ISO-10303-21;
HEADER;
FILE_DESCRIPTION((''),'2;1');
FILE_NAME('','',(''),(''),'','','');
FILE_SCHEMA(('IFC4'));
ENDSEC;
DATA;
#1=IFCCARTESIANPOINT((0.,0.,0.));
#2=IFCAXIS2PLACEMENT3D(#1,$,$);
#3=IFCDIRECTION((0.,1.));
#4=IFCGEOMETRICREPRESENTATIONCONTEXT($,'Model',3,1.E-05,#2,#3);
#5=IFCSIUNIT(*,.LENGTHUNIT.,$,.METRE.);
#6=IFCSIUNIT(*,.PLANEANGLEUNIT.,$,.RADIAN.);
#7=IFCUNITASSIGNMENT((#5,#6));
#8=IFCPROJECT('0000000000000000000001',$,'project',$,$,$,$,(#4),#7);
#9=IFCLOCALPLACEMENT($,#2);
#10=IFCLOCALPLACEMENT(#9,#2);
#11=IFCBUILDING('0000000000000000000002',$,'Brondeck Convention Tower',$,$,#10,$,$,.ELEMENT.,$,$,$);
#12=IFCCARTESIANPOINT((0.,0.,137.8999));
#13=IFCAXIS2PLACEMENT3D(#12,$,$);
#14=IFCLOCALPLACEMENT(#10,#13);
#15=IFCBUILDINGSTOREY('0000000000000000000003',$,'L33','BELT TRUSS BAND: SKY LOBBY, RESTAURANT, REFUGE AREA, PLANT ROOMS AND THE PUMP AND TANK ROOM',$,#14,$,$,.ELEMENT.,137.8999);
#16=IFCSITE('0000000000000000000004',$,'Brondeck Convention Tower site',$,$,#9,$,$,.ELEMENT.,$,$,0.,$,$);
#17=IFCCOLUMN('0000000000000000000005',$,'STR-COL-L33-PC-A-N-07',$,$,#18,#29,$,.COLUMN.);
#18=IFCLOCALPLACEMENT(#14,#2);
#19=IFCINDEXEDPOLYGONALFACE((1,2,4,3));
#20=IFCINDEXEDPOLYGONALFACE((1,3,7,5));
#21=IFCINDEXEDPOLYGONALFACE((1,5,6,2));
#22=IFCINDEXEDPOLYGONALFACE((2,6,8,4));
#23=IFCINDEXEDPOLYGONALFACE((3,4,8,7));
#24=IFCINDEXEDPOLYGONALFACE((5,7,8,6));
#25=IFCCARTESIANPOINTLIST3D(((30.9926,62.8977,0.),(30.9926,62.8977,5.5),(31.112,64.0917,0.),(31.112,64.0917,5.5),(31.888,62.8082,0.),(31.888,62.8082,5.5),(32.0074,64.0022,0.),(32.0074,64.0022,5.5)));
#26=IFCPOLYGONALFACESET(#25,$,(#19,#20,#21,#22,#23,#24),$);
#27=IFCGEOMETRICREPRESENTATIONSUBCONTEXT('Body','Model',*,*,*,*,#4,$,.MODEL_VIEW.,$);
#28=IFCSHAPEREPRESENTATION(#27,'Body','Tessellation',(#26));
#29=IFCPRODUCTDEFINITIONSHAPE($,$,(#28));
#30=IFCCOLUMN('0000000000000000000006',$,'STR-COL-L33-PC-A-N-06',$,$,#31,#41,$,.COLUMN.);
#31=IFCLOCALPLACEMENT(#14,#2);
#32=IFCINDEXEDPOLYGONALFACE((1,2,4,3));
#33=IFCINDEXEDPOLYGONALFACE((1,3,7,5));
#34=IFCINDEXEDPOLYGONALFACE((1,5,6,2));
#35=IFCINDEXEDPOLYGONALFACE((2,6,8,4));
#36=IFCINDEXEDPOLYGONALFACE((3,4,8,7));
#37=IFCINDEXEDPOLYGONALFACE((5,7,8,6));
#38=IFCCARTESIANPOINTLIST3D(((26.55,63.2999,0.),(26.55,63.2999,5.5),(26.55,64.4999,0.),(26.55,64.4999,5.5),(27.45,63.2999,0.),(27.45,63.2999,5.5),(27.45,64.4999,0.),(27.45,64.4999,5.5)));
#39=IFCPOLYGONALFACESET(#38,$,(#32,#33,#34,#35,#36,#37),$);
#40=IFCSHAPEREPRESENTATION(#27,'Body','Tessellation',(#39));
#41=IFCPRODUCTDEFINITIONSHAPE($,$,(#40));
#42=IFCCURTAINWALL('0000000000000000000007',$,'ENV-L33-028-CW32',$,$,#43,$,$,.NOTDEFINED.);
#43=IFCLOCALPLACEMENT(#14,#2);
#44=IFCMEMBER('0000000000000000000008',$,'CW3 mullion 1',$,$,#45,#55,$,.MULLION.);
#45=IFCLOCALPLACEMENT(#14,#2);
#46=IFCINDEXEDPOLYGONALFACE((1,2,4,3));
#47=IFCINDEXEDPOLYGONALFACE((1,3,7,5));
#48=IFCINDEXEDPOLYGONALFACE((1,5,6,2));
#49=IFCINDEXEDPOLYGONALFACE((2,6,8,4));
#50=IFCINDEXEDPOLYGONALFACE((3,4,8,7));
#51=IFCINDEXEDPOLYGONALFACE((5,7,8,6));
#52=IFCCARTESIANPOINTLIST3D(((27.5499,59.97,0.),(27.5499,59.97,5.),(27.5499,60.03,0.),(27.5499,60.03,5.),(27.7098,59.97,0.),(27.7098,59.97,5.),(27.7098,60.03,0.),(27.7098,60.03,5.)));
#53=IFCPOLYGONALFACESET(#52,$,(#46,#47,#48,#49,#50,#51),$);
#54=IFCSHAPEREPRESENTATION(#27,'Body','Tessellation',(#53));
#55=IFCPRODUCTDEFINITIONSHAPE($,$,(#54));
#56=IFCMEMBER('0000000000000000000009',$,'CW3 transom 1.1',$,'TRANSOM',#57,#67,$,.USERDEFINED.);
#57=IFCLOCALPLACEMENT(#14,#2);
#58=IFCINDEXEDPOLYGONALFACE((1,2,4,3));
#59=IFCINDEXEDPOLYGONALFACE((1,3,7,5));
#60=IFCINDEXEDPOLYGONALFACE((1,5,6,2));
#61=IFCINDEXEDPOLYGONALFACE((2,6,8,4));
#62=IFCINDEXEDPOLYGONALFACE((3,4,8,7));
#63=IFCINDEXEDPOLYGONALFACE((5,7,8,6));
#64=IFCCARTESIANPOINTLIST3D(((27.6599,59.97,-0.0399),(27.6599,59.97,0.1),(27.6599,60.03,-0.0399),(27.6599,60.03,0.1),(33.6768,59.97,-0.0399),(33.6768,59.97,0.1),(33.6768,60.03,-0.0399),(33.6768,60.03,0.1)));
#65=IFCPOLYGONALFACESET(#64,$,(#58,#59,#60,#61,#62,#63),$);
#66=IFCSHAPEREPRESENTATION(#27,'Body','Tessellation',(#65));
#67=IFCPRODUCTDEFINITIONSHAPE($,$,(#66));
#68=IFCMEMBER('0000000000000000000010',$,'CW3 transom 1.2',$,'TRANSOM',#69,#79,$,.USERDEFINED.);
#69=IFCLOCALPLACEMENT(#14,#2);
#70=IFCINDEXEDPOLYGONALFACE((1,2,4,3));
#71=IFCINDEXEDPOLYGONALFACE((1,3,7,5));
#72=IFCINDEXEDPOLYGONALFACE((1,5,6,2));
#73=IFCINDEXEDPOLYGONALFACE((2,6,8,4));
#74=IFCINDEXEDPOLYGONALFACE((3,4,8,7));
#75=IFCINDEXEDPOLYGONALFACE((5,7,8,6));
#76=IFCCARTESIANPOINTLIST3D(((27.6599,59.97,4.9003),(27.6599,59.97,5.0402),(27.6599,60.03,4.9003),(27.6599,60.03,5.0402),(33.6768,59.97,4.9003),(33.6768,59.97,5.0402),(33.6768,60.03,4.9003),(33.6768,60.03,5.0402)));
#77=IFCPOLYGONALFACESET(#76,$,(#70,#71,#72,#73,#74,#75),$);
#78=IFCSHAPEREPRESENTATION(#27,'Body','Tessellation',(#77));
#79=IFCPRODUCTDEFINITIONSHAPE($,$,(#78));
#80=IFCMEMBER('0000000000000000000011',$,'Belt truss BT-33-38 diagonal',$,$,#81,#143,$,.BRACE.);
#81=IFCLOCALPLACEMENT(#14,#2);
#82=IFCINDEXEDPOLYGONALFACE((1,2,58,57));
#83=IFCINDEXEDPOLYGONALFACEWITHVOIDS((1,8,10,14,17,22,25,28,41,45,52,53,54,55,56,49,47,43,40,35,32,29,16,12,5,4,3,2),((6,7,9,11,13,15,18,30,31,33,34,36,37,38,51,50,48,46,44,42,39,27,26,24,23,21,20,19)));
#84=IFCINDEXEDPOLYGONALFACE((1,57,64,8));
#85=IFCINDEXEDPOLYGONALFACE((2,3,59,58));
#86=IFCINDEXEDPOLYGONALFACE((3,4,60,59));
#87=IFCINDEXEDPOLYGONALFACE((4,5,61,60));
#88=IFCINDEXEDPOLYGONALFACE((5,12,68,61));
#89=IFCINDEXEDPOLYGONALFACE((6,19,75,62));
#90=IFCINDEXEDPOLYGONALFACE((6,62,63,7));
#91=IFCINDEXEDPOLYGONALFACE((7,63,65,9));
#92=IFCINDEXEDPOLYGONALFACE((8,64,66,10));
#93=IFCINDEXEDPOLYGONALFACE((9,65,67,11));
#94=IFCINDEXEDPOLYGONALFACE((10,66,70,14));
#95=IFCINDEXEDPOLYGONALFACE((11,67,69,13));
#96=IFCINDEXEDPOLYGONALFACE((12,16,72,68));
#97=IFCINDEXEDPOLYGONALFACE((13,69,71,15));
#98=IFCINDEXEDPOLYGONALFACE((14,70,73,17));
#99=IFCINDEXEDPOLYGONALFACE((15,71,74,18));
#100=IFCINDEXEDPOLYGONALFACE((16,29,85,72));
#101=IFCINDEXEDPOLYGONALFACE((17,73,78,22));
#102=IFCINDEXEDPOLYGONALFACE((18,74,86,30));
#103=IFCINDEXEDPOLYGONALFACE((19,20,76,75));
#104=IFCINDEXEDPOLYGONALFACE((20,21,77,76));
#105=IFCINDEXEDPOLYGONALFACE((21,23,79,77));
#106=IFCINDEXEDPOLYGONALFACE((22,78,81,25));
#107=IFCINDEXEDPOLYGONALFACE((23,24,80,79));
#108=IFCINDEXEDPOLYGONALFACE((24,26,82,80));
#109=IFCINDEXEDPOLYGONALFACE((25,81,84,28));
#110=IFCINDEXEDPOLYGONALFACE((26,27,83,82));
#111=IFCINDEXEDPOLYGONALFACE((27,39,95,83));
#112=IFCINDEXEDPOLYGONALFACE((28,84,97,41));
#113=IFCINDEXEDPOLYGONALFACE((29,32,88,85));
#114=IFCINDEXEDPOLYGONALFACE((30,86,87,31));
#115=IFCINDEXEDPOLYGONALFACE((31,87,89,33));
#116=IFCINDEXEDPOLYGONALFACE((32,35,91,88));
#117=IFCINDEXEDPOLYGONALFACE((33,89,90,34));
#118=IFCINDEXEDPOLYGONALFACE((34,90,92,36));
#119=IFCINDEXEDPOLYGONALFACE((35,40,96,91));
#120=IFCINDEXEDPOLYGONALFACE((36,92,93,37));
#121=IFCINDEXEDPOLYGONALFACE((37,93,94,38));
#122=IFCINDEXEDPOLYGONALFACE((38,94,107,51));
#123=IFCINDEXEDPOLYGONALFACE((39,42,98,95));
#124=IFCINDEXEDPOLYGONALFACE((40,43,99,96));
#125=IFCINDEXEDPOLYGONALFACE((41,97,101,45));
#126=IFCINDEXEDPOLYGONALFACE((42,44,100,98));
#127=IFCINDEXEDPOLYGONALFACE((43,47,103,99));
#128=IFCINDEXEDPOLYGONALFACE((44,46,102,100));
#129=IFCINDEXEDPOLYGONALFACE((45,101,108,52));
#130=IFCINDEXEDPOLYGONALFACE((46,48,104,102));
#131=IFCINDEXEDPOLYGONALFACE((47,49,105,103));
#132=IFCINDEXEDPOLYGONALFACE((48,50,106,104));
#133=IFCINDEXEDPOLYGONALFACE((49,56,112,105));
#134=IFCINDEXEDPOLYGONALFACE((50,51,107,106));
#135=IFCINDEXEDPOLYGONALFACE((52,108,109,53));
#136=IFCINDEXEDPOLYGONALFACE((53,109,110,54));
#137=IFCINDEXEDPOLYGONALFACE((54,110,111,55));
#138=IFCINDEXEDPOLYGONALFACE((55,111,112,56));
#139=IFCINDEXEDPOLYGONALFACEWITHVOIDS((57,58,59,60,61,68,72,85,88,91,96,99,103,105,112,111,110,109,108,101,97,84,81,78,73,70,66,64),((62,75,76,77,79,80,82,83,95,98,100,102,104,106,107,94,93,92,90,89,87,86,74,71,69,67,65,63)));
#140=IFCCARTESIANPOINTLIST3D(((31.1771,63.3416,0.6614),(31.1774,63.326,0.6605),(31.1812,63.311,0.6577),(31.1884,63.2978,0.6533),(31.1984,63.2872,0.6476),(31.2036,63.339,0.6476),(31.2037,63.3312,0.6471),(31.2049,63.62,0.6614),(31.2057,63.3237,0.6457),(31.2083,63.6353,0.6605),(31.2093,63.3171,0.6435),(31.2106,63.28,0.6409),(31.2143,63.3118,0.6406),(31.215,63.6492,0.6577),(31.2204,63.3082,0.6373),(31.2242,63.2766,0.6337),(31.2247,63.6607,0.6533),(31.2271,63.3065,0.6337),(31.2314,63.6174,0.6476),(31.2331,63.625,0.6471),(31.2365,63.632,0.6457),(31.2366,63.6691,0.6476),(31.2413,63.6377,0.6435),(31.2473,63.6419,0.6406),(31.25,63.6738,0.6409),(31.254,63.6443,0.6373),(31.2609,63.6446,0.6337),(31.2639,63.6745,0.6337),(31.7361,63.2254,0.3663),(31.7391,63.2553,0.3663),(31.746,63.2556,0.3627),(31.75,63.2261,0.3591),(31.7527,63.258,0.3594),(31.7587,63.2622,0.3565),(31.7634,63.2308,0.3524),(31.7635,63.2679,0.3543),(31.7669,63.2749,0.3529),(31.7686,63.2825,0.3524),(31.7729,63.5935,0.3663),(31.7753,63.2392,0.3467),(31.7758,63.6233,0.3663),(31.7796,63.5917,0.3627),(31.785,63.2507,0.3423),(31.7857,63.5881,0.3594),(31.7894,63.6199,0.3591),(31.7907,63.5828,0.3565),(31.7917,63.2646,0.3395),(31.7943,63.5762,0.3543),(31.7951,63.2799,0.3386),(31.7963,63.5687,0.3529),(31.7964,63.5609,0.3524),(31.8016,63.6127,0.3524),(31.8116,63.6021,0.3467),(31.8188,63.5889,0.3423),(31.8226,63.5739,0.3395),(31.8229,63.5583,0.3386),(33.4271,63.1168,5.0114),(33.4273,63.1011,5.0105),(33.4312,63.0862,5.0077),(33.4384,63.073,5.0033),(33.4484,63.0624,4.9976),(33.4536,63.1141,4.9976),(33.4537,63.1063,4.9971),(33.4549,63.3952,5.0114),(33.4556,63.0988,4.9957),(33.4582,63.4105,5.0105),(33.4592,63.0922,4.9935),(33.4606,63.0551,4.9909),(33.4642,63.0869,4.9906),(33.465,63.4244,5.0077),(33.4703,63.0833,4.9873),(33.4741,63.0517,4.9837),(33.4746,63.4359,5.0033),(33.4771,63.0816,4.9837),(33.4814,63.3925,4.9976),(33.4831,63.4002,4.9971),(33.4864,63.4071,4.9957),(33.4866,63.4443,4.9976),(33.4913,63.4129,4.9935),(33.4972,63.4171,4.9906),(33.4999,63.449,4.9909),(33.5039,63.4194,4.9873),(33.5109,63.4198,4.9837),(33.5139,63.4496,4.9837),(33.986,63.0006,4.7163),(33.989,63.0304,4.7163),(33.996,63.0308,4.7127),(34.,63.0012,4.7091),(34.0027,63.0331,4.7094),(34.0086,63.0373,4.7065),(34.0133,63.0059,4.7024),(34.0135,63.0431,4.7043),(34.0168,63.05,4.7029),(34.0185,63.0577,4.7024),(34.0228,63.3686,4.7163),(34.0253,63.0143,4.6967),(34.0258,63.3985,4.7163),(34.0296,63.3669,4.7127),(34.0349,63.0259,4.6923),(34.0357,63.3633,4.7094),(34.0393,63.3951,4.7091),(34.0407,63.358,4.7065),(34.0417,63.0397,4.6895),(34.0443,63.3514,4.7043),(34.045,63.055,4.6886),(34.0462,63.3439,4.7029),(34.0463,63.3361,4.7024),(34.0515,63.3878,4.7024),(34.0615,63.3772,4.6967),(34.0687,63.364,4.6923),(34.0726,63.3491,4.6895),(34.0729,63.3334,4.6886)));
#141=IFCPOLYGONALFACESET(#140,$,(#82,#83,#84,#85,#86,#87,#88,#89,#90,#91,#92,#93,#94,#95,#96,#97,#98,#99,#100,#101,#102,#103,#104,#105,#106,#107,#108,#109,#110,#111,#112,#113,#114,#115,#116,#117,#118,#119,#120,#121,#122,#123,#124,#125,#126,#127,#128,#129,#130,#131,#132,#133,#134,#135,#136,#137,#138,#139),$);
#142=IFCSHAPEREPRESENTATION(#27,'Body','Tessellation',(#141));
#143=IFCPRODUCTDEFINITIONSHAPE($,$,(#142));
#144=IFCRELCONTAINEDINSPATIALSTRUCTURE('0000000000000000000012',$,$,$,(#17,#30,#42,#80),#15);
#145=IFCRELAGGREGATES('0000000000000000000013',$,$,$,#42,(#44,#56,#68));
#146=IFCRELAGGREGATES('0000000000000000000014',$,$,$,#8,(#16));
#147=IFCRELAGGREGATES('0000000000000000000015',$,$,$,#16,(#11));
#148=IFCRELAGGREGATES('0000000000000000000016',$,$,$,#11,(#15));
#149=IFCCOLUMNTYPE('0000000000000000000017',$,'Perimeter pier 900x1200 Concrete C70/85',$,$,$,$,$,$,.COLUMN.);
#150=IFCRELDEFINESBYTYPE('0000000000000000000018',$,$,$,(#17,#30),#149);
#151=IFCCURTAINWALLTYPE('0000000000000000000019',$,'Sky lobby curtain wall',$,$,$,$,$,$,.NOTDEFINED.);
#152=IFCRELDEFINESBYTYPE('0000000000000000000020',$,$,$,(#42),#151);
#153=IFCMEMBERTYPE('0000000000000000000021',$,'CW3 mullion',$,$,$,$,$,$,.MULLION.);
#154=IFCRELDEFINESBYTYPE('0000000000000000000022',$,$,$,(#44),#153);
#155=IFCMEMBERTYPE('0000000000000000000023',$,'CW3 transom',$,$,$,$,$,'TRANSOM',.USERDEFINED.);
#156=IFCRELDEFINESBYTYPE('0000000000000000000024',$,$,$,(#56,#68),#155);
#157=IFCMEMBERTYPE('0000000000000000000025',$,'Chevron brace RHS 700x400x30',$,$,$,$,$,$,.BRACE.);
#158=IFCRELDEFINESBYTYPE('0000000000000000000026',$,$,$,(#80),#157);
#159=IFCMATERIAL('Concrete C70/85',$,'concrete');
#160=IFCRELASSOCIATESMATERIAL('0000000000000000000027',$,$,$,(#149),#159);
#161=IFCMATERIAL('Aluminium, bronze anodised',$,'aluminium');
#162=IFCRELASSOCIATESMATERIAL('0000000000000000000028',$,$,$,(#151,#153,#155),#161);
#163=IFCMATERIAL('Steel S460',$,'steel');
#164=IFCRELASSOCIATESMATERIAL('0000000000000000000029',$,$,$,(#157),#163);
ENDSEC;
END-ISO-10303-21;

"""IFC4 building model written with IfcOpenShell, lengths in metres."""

from ifc_helpers import new_model, si_unit, direction, frame, origin, origin_2d, place, context, subcontext, project, spatial, rectangle, hollow_rectangle, extrude, material, material_profile, profile_set, type_object, element, aggregate, save


model = new_model("IFC4")

# Units and contexts
model_context = context("Model", 3, precision=1e-05, world=origin(), true_north=direction((0.0, 1.0)))
body_context = subcontext(model_context, "Body", "Model", "MODEL_VIEW")
ifc_project = project(units=[si_unit("LENGTHUNIT", "METRE"), si_unit("PLANEANGLEUNIT", "RADIAN")], contexts=[model_context])

# Site, building, storey
site_placement = place(None, origin())
site = spatial("IfcSite", under=ifc_project, at=site_placement, Name="Brondeck Convention Tower site", CompositionType="ELEMENT", RefElevation=0.0)
building_placement = place(site_placement, origin())
building = spatial("IfcBuilding", under=site, at=building_placement, Name="Brondeck Convention Tower", CompositionType="ELEMENT")
storey_placement = place(building_placement, frame((0.0, 0.0, 137.8999)))
storey = spatial("IfcBuildingStorey", under=building, at=storey_placement, Name="L33", Description="BELT TRUSS BAND: SKY LOBBY, RESTAURANT, REFUGE AREA, PLANT ROOMS AND THE PUMP AND TANK ROOM", CompositionType="ELEMENT", Elevation=137.8999)

# Columns
ifc_material_1 = material(Name="Concrete C70/85", Category="concrete")
ifc_material_profile_1 = material_profile(ifc_material_1, rectangle(XDim=0.8999, YDim=1.2, at=origin_2d()), Name="Perimeter pier 900x1200 Concrete C70/85")
ifc_profile_set_1 = profile_set([ifc_material_profile_1], Name="Concrete C70/85")
column_type = type_object("IfcColumnType", Name="Perimeter pier 900x1200 Concrete C70/85", PredefinedType="COLUMN", material=ifc_profile_set_1)
for number, where, z_axis, x_axis, name in (
    (1, (31.5, 63.45, 0.0), (0.0, 0.0, 1.0), (-0.995037, 0.099504, 0.0), "STR-COL-L33-PC-A-N-07"),
    (2, (27.0, 63.8999, 0.0), (0.0, 0.0, 1.0), (-1.0, 0.0, 0.0), "STR-COL-L33-PC-A-N-06"),
):
    element("IfcColumn", number, at=place(storey_placement, frame(where, z_axis=z_axis, x_axis=x_axis)), inside=storey, type_object=column_type, Name=name, PredefinedType="COLUMN", context=body_context, shape_type="SweptSolid", body=[
        extrude(rectangle(XDim=0.8999, YDim=1.2, at=origin_2d()), origin(), (0.0, 0.0, 1.0), 5.5),
    ])

# Curtain wall, members
ifc_material_2 = material(Name="Aluminium, bronze anodised", Category="aluminium")
curtain_wall_type = type_object("IfcCurtainWallType", Name="Sky lobby curtain wall", PredefinedType="NOTDEFINED", material=ifc_material_2)
curtain_wall_placement = place(storey_placement, origin())
curtain_wall = element("IfcCurtainWall", 3, at=curtain_wall_placement, inside=storey, type_object=curtain_wall_type, Name="ENV-L33-028-CW32", PredefinedType="NOTDEFINED")
ifc_material_profile_2 = material_profile(ifc_material_2, rectangle(XDim=0.0601, YDim=0.1599, at=origin_2d()), Name="CW3 mullion")
ifc_profile_set_2 = profile_set([ifc_material_profile_2], Name="Aluminium, bronze anodised")
member_type_1 = type_object("IfcMemberType", Name="CW3 mullion", PredefinedType="MULLION", material=ifc_profile_set_2)
member_1_placement = place(storey_placement, frame((27.6299, 60.0, 0.0), z_axis=(0.0, 0.0, 1.0), x_axis=(0.0, 1.0, 0.0)))
member_1 = element("IfcMember", 4, at=member_1_placement, type_object=member_type_1, Name="CW3 mullion 1", PredefinedType="MULLION", context=body_context, shape_type="SweptSolid", body=[
    extrude(rectangle(XDim=0.0601, YDim=0.1599, at=origin_2d()), origin(), (0.0, 0.0, 1.0), 5.0),
])
ifc_material_profile_3 = material_profile(ifc_material_2, rectangle(XDim=0.0601, YDim=0.1399, at=origin_2d()), Name="CW3 transom")
ifc_profile_set_3 = profile_set([ifc_material_profile_3], Name="Aluminium, bronze anodised")
member_type_2 = type_object("IfcMemberType", Name="CW3 transom", ElementType="TRANSOM", PredefinedType="USERDEFINED", material=ifc_profile_set_3)
member_2_placement = place(storey_placement, frame((27.6599, 60.0, 0.03), z_axis=(1.0, 0.0, 0.0), x_axis=(0.0, 1.0, 0.0)))
member_2 = element("IfcMember", 5, at=member_2_placement, type_object=member_type_2, Name="CW3 transom 1.1", ObjectType="TRANSOM", PredefinedType="USERDEFINED", context=body_context, shape_type="SweptSolid", body=[
    extrude(rectangle(XDim=0.0601, YDim=0.1399, at=origin_2d()), origin(), (0.0, 0.0, 1.0), 6.0168),
])
member_3_placement = place(storey_placement, frame((27.6599, 60.0, 4.9702), z_axis=(1.0, 0.0, 0.0), x_axis=(0.0, 1.0, 0.0)))
member_3 = element("IfcMember", 6, at=member_3_placement, type_object=member_type_2, Name="CW3 transom 1.2", ObjectType="TRANSOM", PredefinedType="USERDEFINED", context=body_context, shape_type="SweptSolid", body=[
    extrude(rectangle(XDim=0.0601, YDim=0.1399, at=origin_2d()), origin(), (0.0, 0.0, 1.0), 6.0168),
])

# Member
ifc_material_3 = material(Name="Steel S460", Category="steel")
ifc_material_profile_4 = material_profile(ifc_material_3, hollow_rectangle(XDim=0.3999, YDim=0.7, WallThickness=0.03, InnerFilletRadius=0.03, OuterFilletRadius=0.0601, at=origin_2d()), Name="RHS 700x400x30")
ifc_profile_set_4 = profile_set([ifc_material_profile_4], Name="Steel S460")
member_type_3 = type_object("IfcMemberType", Name="Chevron brace RHS 700x400x30", PredefinedType="BRACE", material=ifc_profile_set_4)
for number, where, z_axis, x_axis, name in (
    (7, (31.5, 63.45, 0.5), (0.458931, -0.045863, 0.887287), (0.09944, 0.995044, 0.0), "Belt truss BT-33-38 diagonal"),
):
    element("IfcMember", number, at=place(storey_placement, frame(where, z_axis=z_axis, x_axis=x_axis)), inside=storey, type_object=member_type_3, Name=name, PredefinedType="BRACE", context=body_context, shape_type="SweptSolid", body=[
        extrude(hollow_rectangle(XDim=0.3999, YDim=0.7, WallThickness=0.03, InnerFilletRadius=0.03, OuterFilletRadius=0.0601, at=origin_2d()), origin(), (0.0, 0.0, 1.0), 4.9026),
    ])

aggregate(curtain_wall, [member_1, member_2, member_3])

save(model, "model.ifc")
